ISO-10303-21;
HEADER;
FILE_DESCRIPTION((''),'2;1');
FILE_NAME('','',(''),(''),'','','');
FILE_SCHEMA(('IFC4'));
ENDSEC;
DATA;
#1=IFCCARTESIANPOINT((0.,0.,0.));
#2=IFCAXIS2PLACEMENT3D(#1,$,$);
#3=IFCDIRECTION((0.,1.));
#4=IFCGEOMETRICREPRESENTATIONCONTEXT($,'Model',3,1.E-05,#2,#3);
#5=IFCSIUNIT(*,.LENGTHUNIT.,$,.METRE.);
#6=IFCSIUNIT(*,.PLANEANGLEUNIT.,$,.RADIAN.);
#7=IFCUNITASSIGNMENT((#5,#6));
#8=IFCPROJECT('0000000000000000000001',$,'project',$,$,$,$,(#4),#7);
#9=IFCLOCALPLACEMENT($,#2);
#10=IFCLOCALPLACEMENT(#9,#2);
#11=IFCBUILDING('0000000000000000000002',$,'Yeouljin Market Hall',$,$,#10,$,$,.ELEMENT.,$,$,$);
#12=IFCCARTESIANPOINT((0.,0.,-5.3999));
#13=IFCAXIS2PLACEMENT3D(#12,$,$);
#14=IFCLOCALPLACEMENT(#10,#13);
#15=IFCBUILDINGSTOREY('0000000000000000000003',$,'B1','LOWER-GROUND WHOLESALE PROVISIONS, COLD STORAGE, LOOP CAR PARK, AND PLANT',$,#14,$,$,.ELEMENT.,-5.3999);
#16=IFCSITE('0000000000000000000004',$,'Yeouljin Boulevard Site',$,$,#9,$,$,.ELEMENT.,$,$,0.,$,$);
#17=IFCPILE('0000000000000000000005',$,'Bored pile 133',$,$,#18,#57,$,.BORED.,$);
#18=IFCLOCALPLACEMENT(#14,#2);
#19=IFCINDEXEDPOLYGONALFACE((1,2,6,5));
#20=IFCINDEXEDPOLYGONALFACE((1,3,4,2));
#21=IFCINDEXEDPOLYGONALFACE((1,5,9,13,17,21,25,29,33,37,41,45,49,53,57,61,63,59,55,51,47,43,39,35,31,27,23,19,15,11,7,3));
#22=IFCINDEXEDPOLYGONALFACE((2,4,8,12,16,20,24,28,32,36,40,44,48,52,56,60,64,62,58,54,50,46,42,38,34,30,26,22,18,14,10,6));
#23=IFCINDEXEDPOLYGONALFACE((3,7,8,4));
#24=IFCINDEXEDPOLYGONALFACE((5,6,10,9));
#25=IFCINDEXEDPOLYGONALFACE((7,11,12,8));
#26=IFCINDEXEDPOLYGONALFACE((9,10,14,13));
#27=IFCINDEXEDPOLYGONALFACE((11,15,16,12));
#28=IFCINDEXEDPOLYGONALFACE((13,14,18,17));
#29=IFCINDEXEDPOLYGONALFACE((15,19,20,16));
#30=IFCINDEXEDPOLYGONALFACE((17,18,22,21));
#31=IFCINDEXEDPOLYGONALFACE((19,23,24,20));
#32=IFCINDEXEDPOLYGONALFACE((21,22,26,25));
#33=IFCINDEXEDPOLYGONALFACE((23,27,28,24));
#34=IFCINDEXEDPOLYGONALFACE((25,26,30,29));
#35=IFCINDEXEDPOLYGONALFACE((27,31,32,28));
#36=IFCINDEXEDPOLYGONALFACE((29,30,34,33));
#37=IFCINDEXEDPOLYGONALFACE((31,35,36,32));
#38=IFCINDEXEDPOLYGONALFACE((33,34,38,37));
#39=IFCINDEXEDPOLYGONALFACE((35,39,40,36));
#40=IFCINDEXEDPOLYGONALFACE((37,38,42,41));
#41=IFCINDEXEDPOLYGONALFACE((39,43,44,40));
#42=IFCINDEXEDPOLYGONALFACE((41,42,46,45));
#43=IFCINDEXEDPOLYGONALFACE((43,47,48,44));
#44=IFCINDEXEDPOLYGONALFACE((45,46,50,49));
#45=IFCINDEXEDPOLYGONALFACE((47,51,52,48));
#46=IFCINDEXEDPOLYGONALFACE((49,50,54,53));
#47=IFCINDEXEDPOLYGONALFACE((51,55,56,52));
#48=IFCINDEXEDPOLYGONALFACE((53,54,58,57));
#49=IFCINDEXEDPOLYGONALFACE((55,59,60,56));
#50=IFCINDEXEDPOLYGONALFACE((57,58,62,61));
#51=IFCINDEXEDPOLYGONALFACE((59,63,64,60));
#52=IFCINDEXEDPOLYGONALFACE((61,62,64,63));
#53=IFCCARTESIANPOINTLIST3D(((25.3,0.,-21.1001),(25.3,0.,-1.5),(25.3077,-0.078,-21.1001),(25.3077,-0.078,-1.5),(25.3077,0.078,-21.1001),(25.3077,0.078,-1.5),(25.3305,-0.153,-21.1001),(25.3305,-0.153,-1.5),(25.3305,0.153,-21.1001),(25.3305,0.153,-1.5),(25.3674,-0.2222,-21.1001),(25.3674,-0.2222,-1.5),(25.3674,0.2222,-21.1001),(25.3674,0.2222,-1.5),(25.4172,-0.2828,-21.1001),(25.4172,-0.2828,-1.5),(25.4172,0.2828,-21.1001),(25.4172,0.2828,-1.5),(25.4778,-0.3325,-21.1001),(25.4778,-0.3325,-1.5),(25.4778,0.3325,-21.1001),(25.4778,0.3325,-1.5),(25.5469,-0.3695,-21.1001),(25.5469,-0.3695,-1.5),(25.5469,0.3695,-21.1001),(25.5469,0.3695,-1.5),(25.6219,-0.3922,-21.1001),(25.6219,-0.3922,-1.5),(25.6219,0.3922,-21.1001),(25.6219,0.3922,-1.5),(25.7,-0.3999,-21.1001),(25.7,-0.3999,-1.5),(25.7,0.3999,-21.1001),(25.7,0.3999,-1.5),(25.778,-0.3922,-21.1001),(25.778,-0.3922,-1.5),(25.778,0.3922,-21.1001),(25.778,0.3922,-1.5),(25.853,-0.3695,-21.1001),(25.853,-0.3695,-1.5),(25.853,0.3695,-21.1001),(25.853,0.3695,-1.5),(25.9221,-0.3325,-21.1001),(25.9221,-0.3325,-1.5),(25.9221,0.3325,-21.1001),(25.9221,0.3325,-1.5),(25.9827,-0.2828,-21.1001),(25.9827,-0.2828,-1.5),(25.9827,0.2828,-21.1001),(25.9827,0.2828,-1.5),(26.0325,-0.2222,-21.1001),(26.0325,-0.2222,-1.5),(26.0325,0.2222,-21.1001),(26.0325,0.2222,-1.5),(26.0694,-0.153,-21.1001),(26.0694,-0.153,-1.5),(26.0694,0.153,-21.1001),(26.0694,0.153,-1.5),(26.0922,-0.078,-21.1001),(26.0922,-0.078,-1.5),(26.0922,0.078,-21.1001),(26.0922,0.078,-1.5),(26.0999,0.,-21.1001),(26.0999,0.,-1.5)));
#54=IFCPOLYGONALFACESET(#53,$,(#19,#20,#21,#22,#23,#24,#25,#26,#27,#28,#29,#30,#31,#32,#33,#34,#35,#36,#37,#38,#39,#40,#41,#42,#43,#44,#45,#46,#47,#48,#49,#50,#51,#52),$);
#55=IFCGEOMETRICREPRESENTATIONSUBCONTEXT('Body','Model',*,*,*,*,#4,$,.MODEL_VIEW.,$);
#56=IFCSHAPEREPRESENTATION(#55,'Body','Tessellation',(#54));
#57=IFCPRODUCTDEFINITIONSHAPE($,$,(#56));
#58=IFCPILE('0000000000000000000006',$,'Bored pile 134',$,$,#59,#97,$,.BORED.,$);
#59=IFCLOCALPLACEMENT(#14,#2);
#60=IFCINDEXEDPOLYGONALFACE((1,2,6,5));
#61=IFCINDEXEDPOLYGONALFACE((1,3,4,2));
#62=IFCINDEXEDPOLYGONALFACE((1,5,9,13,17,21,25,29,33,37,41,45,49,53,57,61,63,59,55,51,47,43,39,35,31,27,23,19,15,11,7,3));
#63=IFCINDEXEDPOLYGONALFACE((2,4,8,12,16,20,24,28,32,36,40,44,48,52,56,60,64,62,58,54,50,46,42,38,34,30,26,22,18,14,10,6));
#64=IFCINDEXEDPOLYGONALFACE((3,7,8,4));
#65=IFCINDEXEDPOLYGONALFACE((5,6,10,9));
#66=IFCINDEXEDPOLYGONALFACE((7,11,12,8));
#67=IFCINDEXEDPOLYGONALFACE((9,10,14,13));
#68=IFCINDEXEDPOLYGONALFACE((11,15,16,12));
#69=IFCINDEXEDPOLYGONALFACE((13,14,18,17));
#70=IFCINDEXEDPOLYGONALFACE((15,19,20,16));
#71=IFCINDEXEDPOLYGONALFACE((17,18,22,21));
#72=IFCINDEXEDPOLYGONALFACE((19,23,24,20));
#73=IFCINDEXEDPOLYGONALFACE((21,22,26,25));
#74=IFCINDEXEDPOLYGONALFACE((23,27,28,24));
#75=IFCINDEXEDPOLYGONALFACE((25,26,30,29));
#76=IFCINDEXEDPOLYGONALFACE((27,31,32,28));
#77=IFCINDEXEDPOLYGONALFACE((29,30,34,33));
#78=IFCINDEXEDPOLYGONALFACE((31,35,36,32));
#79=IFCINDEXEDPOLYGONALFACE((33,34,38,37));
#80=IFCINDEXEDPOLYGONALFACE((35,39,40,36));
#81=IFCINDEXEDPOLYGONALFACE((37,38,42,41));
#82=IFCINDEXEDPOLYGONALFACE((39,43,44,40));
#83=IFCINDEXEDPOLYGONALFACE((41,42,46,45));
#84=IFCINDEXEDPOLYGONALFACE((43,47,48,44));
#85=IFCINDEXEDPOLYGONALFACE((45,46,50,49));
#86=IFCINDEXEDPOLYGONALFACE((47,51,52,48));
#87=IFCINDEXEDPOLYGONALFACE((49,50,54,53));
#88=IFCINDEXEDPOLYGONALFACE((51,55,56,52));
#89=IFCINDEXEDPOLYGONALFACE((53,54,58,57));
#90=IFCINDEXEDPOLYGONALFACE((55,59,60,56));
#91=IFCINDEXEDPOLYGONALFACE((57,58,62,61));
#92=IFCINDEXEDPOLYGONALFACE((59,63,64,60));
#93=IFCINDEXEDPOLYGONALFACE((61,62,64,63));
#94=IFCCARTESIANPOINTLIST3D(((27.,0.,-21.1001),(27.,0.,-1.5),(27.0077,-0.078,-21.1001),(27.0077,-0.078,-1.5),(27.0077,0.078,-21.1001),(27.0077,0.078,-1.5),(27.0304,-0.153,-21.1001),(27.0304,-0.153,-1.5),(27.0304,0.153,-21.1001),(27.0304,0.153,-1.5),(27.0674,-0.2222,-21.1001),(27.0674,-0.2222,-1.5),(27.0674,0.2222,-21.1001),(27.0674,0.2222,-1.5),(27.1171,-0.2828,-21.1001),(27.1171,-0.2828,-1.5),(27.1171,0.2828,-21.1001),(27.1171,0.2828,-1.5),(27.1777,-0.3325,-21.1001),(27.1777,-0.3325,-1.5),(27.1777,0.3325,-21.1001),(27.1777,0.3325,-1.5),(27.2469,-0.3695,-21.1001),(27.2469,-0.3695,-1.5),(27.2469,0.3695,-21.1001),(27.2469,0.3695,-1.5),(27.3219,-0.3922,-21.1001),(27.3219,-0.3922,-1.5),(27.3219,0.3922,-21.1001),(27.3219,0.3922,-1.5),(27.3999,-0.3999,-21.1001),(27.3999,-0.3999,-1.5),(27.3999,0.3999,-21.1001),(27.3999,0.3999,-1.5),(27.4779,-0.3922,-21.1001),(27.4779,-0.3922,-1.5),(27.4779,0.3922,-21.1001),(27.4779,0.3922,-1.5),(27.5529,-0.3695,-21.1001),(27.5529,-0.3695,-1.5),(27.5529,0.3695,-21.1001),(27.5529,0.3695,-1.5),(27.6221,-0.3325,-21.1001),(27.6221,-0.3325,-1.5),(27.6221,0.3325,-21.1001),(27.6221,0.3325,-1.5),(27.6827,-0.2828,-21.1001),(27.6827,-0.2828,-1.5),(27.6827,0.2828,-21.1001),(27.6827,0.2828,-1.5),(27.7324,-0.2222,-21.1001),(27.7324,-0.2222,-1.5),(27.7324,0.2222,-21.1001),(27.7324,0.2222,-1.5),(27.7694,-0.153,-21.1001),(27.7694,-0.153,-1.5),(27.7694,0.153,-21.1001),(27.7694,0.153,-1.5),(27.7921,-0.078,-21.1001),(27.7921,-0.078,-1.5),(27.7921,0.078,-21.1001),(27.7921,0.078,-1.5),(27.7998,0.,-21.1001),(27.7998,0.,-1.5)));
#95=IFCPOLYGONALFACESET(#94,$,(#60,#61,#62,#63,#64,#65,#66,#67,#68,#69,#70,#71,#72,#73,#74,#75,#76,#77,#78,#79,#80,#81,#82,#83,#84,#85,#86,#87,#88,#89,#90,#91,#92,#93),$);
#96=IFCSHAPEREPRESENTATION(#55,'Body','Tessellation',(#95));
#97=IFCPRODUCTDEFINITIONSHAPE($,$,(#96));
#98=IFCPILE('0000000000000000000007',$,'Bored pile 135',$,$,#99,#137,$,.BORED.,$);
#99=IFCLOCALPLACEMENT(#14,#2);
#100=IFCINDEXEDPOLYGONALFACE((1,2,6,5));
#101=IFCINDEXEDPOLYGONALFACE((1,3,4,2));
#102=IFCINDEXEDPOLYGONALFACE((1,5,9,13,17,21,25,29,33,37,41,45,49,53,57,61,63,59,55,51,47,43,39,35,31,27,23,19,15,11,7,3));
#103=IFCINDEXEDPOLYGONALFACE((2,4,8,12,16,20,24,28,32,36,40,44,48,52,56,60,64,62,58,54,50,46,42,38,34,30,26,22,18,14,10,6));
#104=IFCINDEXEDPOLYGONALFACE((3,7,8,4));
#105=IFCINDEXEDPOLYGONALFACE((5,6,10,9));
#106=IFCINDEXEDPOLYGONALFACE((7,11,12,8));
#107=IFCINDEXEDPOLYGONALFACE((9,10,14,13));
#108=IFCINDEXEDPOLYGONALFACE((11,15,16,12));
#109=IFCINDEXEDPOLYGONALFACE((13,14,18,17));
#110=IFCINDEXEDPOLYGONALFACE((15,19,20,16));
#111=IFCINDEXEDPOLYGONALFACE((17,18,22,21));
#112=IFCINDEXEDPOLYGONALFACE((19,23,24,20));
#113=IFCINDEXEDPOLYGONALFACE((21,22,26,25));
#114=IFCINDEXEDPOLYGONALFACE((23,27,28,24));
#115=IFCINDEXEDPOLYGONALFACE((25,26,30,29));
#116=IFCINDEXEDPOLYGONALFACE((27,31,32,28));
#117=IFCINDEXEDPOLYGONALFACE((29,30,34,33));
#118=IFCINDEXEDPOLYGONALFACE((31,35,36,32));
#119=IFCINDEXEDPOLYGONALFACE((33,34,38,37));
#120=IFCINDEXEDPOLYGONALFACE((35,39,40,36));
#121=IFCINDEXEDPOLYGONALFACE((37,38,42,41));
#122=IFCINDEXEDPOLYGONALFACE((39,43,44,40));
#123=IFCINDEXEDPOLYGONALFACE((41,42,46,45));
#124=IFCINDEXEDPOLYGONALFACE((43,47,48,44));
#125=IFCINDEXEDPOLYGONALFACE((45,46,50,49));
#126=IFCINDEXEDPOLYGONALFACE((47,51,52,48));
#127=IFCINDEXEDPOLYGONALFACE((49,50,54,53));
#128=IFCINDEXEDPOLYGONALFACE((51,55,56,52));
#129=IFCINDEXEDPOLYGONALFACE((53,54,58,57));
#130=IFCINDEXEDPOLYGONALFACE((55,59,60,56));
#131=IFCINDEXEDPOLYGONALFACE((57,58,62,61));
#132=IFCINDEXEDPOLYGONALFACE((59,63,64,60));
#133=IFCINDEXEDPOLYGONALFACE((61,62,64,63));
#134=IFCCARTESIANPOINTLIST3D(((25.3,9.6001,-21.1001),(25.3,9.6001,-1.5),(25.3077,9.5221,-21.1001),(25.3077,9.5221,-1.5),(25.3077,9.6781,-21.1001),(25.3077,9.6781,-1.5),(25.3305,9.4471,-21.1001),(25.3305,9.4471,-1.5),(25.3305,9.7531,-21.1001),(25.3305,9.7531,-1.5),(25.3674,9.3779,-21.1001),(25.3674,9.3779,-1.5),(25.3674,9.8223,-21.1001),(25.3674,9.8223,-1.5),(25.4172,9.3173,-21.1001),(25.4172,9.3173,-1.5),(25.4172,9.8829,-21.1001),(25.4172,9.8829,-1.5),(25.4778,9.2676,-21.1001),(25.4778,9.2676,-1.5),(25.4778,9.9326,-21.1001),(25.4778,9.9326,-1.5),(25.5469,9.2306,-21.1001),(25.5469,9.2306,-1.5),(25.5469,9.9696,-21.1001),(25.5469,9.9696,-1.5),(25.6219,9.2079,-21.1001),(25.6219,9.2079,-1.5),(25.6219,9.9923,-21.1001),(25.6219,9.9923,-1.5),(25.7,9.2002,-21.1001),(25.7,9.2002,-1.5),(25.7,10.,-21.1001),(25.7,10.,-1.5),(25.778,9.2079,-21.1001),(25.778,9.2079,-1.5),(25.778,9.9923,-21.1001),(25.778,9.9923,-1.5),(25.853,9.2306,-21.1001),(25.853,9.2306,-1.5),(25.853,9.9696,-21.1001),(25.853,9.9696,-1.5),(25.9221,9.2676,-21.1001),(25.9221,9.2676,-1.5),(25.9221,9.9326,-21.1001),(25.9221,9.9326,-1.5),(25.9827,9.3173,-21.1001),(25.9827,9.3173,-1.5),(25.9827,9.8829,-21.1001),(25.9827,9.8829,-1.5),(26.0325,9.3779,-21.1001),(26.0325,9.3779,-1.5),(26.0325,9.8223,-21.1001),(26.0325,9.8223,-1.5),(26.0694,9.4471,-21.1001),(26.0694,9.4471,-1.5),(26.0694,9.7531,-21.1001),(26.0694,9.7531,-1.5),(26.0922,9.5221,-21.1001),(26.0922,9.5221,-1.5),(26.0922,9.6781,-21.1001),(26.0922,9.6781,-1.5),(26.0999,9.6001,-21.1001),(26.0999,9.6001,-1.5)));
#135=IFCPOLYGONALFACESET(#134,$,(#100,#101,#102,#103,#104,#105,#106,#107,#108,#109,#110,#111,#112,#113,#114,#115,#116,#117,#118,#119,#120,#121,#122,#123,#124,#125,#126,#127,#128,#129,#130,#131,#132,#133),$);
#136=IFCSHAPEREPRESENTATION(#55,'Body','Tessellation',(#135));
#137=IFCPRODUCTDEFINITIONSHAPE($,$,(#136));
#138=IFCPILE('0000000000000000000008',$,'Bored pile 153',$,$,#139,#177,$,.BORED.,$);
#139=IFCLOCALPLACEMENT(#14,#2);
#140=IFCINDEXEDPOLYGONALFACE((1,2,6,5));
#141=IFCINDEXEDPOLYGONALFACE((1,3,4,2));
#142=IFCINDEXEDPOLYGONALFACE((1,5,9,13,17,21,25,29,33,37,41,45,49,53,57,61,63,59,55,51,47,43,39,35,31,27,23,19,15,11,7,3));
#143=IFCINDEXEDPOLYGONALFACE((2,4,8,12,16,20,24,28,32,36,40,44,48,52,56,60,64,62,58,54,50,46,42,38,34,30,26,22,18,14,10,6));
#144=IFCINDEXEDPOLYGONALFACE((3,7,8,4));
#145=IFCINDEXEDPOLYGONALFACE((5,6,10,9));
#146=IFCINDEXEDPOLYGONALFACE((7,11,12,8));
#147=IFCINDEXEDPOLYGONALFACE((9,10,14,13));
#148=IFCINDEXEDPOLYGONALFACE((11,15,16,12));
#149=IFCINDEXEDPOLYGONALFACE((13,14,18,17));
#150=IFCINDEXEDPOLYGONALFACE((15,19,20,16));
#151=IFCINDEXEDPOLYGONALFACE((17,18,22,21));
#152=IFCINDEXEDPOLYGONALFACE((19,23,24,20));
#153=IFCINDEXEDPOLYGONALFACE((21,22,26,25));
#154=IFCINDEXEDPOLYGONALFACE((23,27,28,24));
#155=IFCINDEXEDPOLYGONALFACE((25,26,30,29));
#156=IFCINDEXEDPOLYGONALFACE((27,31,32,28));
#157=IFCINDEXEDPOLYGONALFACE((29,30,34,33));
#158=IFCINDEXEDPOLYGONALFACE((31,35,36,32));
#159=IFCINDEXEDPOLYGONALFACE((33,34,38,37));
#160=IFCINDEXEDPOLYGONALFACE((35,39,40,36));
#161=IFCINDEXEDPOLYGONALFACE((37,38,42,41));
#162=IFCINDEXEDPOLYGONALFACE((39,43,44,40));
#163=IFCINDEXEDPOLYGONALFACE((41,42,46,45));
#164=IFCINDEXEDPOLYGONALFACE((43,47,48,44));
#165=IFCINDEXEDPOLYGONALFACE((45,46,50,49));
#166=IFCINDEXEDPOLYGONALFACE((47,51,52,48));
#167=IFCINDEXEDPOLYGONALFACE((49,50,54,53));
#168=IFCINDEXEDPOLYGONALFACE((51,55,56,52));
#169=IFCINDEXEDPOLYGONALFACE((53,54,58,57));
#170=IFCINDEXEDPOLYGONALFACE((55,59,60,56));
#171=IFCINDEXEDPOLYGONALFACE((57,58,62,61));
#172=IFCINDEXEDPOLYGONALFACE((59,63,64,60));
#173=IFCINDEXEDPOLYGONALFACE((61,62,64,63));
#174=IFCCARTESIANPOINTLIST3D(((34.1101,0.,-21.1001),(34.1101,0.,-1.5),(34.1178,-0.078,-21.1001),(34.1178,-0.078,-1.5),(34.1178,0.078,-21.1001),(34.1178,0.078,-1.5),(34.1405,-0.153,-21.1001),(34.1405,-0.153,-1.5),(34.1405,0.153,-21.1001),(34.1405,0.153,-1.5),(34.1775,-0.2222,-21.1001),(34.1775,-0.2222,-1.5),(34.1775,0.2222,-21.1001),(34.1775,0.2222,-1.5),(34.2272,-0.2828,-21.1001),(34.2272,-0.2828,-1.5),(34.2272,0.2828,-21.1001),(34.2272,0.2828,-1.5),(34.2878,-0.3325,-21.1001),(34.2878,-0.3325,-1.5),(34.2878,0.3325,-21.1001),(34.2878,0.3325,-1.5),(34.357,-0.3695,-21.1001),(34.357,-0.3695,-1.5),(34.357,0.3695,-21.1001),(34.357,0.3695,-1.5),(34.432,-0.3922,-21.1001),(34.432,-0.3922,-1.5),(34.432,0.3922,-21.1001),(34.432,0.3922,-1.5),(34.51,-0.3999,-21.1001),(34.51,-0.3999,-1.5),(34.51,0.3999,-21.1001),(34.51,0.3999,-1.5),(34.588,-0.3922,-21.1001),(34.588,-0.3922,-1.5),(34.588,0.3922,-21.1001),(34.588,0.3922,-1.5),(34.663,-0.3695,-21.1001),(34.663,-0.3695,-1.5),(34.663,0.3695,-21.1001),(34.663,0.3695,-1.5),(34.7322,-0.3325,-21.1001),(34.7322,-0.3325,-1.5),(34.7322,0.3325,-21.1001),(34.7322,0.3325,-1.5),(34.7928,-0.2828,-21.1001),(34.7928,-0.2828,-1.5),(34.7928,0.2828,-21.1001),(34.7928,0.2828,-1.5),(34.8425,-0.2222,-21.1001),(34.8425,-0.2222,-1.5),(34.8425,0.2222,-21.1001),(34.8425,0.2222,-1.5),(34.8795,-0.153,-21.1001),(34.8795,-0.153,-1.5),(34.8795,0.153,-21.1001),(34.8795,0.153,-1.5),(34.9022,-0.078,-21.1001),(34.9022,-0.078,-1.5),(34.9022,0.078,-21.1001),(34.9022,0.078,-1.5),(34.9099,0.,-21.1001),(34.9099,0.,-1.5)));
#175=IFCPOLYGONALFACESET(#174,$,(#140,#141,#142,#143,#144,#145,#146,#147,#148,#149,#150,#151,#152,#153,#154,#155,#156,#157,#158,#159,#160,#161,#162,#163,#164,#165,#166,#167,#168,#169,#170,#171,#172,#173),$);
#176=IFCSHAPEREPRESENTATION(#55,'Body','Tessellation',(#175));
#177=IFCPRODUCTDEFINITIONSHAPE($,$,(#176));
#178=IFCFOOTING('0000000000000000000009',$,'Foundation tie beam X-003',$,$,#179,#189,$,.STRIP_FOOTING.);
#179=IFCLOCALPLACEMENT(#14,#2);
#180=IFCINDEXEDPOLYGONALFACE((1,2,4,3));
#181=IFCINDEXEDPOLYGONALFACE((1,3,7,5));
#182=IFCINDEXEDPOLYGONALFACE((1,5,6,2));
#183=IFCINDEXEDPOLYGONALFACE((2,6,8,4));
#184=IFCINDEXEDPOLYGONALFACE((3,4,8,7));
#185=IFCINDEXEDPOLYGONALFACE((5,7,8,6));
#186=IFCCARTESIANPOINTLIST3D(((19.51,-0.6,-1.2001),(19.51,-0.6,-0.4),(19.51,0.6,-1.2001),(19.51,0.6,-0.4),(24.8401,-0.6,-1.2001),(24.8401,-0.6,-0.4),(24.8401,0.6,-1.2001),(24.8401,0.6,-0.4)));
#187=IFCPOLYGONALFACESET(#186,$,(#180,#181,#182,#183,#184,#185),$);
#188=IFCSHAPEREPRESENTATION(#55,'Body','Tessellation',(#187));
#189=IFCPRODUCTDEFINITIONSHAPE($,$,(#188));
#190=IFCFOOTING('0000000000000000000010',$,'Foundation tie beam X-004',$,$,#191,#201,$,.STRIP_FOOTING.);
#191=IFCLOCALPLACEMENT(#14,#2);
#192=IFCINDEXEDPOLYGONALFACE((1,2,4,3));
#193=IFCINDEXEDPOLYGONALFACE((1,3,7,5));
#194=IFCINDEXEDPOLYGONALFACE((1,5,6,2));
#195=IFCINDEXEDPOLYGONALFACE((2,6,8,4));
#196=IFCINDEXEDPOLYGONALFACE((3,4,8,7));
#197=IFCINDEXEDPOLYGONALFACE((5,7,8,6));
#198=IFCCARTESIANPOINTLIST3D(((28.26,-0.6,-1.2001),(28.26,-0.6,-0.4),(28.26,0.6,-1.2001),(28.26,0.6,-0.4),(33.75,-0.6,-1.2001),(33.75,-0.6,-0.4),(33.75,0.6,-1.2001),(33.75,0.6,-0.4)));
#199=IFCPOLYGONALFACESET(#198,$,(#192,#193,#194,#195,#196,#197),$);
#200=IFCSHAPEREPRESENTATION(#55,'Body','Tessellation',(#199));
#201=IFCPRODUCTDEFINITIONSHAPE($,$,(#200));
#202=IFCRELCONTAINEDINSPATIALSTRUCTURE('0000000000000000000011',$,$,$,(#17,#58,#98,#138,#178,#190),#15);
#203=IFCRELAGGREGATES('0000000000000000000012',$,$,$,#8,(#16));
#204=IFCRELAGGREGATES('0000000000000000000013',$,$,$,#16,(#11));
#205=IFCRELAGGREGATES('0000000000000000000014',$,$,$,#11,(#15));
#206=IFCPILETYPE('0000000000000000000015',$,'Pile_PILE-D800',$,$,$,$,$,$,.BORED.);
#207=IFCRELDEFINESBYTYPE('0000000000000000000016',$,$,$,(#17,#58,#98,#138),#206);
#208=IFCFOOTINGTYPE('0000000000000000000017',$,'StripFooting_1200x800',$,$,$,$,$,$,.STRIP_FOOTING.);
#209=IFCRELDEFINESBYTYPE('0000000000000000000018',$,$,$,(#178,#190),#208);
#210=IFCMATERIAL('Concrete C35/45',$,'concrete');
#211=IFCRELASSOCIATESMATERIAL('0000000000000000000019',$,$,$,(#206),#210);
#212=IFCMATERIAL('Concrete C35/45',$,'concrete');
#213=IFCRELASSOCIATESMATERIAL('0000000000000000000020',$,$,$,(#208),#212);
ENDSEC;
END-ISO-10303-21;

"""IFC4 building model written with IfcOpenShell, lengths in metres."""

from ifc_helpers import new_model, si_unit, direction, frame, origin, origin_2d, place, context, subcontext, project, spatial, rectangle, circle, extrude, material, material_profile, profile_set, type_object, element, save


model = new_model("IFC4")

# Units and contexts
model_context = context("Model", 3, precision=1e-05, world=origin(), true_north=direction((0.0, 1.0)))
body_context = subcontext(model_context, "Body", "Model", "MODEL_VIEW")
ifc_project = project(units=[si_unit("LENGTHUNIT", "METRE"), si_unit("PLANEANGLEUNIT", "RADIAN")], contexts=[model_context])

# Site, building, storey
site_placement = place(None, origin())
site = spatial("IfcSite", under=ifc_project, at=site_placement, Name="Yeouljin Boulevard Site", CompositionType="ELEMENT", RefElevation=0.0)
building_placement = place(site_placement, origin())
building = spatial("IfcBuilding", under=site, at=building_placement, Name="Yeouljin Market Hall", CompositionType="ELEMENT")
storey_placement = place(building_placement, frame((0.0, 0.0, -5.3999)))
storey = spatial("IfcBuildingStorey", under=building, at=storey_placement, Name="B1", Description="LOWER-GROUND WHOLESALE PROVISIONS, COLD STORAGE, LOOP CAR PARK, AND PLANT", CompositionType="ELEMENT", Elevation=-5.3999)

# Piles
ifc_material_1 = material(Name="Concrete C35/45", Category="concrete")
ifc_material_profile_1 = material_profile(ifc_material_1, circle(Radius=0.3999, at=origin_2d()), Name="PILE-D800")
ifc_profile_set_1 = profile_set([ifc_material_profile_1], Name="Concrete C35/45")
pile_type_1 = type_object("IfcPileType", Name="Pile_PILE-D800", PredefinedType="BORED", material=ifc_profile_set_1)
for number, where, z_axis, x_axis, name in (
    (1, (25.7, 0.0, -1.5), (0.0, 0.0, -1.0), (1.0, 0.0, 0.0), "Bored pile 133"),
    (2, (27.3999, 0.0, -1.5), (0.0, 0.0, -1.0), (1.0, 0.0, 0.0), "Bored pile 134"),
    (3, (25.7, 9.6001, -1.5), (0.0, 0.0, -1.0), (1.0, 0.0, 0.0), "Bored pile 135"),
    (4, (34.51, 0.0, -1.5), (0.0, 0.0, -1.0), (1.0, 0.0, 0.0), "Bored pile 153"),
):
    element("IfcPile", number, at=place(storey_placement, frame(where, z_axis=z_axis, x_axis=x_axis)), inside=storey, type_object=pile_type_1, Name=name, PredefinedType="BORED", context=body_context, shape_type="SweptSolid", body=[
        extrude(circle(Radius=0.3999, at=origin_2d()), origin(), (0.0, 0.0, 1.0), 19.6001),
    ])

# Footings
ifc_material_2 = material(Name="Concrete C35/45", Category="concrete")
ifc_material_profile_2 = material_profile(ifc_material_2, rectangle(XDim=1.2, YDim=0.8, at=origin_2d()), Name="SF-1200x800")
ifc_profile_set_2 = profile_set([ifc_material_profile_2], Name="Concrete C35/45")
footing_type_1 = type_object("IfcFootingType", Name="StripFooting_1200x800", PredefinedType="STRIP_FOOTING", material=ifc_profile_set_2)
footing_1_placement = place(storey_placement, frame((19.51, 0.0, -0.8), z_axis=(1.0, 0.0, 0.0), x_axis=(0.0, 1.0, 0.0)))
element("IfcFooting", 5, at=footing_1_placement, inside=storey, type_object=footing_type_1, Name="Foundation tie beam X-003", PredefinedType="STRIP_FOOTING", context=body_context, shape_type="SweptSolid", body=[
    extrude(rectangle(XDim=1.2, YDim=0.8, at=origin_2d()), origin(), (0.0, 0.0, 1.0), 5.3301),
])
footing_2_placement = place(storey_placement, frame((28.26, 0.0, -0.8), z_axis=(1.0, 0.0, 0.0), x_axis=(0.0, 1.0, 0.0)))
element("IfcFooting", 6, at=footing_2_placement, inside=storey, type_object=footing_type_1, Name="Foundation tie beam X-004", PredefinedType="STRIP_FOOTING", context=body_context, shape_type="SweptSolid", body=[
    extrude(rectangle(XDim=1.2, YDim=0.8, at=origin_2d()), origin(), (0.0, 0.0, 1.0), 5.49),
])

save(model, "model.ifc")
